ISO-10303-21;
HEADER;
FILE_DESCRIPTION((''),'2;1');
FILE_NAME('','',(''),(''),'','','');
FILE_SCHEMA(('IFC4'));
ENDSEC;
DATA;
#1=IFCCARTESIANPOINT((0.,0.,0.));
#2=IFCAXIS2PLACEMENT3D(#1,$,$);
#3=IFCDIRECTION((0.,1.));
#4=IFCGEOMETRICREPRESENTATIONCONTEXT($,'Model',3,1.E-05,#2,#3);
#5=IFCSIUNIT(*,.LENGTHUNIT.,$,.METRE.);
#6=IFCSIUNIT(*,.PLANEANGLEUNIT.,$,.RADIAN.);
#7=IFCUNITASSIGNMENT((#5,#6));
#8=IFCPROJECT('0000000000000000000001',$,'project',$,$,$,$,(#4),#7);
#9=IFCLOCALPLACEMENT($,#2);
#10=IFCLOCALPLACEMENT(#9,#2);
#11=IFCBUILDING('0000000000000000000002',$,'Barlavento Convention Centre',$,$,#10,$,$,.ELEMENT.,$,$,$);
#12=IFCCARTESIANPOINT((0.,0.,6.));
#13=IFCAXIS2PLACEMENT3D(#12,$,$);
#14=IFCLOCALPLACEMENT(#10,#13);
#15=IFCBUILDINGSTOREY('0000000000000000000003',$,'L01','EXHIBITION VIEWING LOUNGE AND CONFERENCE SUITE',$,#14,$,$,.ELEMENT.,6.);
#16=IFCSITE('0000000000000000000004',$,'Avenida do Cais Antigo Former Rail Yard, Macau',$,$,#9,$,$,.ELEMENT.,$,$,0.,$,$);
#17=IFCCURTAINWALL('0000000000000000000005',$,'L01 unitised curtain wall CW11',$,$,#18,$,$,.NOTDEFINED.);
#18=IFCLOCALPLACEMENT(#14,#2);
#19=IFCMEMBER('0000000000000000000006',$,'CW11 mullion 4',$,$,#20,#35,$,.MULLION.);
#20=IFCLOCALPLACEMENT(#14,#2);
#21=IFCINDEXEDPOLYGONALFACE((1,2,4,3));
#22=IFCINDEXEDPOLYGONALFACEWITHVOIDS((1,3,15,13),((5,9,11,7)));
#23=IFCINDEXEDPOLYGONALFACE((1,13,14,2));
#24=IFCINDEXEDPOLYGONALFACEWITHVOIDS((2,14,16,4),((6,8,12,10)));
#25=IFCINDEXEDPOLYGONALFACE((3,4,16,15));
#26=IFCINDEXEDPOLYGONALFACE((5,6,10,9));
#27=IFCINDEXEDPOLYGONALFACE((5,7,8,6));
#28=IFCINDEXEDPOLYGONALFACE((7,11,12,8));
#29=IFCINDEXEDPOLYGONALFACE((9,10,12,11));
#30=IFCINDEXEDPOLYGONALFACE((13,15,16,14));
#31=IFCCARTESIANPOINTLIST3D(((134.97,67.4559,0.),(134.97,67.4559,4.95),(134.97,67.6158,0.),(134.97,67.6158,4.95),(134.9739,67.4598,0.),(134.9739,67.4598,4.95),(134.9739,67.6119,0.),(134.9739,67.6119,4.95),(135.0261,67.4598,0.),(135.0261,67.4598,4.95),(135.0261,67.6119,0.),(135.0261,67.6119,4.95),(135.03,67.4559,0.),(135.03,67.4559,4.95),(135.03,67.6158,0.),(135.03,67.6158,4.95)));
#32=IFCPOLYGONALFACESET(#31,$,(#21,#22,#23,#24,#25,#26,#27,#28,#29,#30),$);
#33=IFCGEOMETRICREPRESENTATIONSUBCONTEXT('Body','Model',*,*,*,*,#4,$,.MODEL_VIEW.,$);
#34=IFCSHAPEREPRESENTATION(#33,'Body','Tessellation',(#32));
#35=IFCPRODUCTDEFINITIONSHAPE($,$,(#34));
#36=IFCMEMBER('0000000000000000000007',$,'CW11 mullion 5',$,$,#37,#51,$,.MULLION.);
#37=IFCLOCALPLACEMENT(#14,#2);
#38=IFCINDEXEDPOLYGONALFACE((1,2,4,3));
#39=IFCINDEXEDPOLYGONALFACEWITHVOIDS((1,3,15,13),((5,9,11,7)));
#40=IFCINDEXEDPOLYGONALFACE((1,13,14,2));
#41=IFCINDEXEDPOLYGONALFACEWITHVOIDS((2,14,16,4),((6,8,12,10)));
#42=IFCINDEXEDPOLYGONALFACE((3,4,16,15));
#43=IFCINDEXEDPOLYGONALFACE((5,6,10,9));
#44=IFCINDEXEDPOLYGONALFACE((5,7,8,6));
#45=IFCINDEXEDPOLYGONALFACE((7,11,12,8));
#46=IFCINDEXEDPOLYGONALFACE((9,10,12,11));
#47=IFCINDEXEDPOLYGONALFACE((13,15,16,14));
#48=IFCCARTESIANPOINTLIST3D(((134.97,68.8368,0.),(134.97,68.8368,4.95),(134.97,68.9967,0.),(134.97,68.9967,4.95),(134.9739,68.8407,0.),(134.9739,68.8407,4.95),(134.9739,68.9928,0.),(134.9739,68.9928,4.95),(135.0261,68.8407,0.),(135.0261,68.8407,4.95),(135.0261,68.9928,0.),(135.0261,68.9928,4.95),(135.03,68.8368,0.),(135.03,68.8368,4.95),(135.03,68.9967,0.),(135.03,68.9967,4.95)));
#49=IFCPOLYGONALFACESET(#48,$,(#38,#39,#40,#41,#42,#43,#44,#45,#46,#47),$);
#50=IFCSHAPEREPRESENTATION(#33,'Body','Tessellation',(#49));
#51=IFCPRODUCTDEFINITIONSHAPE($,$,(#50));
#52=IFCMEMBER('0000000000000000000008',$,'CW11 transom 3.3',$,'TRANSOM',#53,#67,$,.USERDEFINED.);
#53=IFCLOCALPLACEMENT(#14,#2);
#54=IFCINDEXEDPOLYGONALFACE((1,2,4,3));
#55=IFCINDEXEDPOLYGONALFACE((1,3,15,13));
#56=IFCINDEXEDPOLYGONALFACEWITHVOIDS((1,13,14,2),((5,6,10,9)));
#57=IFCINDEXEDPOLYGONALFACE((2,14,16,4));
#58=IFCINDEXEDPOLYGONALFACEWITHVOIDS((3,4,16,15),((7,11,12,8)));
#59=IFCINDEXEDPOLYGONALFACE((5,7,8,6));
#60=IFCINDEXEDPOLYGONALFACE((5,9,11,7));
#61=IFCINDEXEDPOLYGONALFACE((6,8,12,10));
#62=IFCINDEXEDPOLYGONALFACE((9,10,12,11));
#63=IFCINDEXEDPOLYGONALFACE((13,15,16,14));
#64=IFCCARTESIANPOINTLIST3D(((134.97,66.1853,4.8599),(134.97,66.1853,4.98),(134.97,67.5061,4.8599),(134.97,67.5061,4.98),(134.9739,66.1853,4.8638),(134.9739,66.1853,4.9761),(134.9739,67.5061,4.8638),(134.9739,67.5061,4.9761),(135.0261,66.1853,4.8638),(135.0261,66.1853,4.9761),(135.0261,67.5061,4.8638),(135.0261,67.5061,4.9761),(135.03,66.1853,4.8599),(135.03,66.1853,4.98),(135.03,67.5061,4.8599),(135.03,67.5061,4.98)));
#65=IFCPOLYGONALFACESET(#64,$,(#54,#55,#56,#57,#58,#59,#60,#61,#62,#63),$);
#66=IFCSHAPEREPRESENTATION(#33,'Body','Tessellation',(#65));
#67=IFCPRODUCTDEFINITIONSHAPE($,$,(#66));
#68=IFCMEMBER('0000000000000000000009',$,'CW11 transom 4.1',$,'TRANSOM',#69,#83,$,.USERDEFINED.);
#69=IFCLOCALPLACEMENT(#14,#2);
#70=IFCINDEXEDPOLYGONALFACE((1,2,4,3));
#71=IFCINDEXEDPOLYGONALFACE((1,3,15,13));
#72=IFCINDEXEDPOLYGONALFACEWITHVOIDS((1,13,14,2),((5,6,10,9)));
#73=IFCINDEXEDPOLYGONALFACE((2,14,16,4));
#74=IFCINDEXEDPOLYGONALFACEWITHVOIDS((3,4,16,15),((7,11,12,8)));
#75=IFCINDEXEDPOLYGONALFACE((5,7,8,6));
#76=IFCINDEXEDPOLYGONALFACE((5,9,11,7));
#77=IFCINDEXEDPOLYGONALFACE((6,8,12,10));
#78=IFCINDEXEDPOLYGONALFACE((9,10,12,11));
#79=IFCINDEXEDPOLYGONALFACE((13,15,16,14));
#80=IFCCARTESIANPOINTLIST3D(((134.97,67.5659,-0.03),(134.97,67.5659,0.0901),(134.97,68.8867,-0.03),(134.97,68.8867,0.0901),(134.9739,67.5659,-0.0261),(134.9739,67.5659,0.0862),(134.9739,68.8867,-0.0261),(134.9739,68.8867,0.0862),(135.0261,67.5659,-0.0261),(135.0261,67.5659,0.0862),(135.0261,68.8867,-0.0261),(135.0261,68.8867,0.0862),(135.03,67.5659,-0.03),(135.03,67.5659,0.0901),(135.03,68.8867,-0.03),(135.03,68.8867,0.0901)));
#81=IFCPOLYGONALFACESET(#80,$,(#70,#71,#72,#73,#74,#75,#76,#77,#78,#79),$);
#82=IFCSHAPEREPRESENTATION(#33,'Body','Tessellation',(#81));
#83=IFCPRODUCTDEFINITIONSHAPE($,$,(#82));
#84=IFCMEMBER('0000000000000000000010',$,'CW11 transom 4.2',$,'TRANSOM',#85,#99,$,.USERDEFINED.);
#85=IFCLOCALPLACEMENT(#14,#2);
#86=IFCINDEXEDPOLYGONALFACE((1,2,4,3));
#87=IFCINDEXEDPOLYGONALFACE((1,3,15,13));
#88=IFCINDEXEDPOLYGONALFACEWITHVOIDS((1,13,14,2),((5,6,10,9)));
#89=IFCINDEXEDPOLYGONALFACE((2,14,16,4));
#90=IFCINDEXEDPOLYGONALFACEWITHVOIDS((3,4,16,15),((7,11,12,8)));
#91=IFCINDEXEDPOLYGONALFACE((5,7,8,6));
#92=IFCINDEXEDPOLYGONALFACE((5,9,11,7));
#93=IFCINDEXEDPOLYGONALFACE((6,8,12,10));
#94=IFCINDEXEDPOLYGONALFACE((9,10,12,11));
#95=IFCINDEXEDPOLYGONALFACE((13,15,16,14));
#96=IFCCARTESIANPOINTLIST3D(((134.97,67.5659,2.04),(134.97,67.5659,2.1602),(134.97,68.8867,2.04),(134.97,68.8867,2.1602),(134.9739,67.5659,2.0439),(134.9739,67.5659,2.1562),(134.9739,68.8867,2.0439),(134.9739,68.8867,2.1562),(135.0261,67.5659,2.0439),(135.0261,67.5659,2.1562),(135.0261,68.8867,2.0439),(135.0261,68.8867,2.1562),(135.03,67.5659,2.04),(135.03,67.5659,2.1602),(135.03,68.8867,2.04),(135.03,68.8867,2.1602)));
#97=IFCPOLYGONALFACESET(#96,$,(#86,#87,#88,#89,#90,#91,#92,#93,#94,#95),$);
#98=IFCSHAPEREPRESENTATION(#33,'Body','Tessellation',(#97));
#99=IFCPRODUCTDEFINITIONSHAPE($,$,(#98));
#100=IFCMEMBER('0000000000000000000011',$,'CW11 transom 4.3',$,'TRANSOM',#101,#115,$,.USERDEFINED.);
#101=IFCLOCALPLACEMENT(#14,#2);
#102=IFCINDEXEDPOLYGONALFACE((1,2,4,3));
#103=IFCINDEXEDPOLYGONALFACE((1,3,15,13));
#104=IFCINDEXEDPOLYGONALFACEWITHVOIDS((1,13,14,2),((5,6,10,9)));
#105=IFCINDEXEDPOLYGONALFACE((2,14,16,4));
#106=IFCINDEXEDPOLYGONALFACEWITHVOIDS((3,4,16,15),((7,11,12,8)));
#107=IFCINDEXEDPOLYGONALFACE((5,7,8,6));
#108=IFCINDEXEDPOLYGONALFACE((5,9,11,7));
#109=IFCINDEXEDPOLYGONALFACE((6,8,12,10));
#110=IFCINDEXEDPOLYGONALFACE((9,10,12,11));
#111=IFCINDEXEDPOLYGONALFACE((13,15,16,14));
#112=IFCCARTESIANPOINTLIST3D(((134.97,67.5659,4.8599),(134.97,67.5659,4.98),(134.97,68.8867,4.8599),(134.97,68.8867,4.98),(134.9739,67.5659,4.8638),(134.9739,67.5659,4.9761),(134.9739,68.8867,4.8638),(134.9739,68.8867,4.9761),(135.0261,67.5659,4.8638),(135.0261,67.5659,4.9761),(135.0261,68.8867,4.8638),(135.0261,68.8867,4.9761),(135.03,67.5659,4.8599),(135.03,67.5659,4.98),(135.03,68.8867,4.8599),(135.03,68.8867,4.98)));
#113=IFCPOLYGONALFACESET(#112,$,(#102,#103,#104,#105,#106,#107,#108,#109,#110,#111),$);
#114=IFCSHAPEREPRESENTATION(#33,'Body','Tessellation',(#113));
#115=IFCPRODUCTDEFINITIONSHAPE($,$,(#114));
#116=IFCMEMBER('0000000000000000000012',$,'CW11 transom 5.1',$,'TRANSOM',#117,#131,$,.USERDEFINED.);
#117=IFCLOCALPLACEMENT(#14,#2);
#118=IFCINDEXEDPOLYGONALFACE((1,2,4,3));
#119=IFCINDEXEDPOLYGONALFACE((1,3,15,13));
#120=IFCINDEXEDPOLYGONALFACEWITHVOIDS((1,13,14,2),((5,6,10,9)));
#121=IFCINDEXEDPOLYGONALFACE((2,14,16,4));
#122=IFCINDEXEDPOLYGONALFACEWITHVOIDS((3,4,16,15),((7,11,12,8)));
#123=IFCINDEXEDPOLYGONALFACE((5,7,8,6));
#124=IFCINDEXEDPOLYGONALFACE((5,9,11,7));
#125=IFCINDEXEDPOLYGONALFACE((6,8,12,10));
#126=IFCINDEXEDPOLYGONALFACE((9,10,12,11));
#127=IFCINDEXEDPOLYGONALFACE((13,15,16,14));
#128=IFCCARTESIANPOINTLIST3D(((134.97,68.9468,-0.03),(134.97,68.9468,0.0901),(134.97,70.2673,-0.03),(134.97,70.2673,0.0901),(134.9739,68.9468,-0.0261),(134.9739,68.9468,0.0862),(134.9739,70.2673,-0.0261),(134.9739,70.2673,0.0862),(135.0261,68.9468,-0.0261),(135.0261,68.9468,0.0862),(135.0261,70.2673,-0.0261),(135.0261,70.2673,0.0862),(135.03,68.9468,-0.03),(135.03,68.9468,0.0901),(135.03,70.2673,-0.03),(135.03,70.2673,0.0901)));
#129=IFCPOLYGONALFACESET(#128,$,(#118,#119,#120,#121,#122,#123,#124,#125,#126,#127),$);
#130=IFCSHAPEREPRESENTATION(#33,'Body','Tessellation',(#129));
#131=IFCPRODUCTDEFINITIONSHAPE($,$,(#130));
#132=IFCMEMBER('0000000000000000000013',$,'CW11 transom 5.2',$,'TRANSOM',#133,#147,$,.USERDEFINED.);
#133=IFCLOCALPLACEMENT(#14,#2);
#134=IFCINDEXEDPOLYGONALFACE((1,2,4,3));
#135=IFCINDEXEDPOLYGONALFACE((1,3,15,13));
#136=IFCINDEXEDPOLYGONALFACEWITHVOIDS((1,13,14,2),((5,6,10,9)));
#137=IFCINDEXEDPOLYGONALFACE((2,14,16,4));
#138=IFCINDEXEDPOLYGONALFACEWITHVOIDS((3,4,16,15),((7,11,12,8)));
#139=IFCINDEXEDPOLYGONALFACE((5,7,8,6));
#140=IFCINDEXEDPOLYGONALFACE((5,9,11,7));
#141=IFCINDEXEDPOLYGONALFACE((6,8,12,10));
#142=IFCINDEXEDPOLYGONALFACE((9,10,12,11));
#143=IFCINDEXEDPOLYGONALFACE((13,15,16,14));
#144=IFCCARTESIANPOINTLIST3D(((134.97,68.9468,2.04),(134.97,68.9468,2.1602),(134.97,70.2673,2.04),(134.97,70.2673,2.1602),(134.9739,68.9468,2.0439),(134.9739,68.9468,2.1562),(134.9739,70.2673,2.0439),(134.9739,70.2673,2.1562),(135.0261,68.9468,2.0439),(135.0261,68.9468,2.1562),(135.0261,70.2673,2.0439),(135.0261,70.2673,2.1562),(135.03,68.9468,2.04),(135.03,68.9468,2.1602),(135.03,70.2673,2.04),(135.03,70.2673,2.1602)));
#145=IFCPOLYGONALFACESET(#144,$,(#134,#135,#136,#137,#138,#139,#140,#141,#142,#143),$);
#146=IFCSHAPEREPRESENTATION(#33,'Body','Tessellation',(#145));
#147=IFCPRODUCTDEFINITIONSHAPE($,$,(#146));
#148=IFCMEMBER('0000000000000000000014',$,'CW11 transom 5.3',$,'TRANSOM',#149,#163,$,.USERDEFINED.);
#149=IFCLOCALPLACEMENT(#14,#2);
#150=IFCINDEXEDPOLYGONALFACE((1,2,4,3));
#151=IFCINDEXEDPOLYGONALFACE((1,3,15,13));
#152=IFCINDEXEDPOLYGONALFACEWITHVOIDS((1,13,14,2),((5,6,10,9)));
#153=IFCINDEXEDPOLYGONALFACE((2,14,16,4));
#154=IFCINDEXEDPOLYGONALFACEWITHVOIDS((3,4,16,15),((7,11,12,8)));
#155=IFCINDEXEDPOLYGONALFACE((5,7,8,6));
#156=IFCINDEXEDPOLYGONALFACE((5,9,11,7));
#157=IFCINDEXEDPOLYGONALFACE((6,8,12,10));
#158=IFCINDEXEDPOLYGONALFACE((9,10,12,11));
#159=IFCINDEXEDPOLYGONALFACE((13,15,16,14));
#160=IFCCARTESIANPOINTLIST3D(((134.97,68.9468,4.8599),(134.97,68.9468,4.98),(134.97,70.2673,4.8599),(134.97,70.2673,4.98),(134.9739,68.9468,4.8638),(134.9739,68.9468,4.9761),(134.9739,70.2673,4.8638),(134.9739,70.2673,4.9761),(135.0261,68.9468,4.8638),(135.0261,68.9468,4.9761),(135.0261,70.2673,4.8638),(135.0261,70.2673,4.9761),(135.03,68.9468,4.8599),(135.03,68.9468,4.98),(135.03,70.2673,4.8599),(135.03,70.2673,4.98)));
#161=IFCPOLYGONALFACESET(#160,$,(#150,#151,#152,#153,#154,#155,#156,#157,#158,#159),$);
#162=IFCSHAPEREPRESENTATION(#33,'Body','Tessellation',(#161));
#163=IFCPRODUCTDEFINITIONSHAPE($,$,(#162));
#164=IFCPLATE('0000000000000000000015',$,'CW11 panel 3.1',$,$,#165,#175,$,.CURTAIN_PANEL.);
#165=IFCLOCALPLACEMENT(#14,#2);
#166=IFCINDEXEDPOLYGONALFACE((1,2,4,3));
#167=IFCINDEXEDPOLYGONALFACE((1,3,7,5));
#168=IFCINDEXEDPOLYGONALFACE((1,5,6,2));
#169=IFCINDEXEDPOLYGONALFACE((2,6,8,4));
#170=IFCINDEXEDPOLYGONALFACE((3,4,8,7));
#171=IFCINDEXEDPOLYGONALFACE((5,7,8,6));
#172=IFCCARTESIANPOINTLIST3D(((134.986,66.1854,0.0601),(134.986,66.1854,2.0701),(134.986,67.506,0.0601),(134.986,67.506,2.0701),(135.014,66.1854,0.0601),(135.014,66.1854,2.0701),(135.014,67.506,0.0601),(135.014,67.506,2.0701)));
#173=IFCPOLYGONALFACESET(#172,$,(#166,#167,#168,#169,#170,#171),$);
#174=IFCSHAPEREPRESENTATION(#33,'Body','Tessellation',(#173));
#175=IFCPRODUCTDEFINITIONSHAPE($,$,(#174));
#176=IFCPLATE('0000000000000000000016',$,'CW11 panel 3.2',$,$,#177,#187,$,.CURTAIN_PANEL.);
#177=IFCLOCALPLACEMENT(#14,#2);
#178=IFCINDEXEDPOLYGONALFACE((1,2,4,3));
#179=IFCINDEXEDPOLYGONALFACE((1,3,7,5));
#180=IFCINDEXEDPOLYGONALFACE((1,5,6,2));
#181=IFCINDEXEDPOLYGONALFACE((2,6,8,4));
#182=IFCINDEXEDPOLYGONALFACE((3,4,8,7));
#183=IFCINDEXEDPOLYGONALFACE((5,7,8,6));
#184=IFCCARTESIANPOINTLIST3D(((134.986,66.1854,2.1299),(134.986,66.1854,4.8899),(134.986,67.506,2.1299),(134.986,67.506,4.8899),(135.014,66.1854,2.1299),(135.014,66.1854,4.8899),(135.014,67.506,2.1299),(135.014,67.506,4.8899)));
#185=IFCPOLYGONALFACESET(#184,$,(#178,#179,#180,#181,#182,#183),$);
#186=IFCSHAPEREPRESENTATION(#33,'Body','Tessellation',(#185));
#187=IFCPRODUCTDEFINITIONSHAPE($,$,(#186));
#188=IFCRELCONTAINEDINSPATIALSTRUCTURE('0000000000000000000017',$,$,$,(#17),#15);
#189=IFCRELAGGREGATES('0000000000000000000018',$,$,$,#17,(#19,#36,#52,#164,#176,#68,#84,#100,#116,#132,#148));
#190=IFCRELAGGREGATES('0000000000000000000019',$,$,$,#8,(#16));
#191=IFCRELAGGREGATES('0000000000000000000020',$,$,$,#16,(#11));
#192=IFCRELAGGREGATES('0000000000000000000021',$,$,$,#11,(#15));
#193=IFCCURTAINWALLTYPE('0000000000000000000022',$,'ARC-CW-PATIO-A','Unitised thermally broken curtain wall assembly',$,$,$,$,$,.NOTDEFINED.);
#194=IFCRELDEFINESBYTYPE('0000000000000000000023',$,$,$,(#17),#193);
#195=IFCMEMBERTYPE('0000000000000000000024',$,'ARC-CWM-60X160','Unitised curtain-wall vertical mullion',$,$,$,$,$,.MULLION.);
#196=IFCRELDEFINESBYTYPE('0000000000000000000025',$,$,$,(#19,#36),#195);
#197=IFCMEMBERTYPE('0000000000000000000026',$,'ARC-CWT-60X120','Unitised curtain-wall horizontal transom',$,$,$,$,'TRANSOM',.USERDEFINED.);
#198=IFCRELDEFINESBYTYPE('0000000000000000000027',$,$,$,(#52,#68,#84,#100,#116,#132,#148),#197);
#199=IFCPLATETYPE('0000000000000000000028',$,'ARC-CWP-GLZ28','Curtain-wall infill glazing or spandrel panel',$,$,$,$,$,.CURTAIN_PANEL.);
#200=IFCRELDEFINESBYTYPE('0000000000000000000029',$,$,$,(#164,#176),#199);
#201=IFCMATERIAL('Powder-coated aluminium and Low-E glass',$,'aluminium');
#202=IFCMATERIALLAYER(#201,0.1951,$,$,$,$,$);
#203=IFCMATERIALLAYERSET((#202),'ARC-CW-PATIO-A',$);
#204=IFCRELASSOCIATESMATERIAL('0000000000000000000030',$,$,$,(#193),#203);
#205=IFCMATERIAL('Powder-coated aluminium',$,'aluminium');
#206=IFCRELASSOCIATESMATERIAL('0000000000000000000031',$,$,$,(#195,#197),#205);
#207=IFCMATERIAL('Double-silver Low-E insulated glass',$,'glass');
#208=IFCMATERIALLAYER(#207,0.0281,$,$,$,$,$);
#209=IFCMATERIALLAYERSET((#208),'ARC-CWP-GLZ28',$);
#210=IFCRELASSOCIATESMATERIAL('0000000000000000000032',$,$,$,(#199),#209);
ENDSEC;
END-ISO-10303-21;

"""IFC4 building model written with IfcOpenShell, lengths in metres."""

from ifc_helpers import new_model, si_unit, direction, frame, origin, origin_2d, place, context, subcontext, project, spatial, rectangle, hollow_rectangle, extrude, material, layer, layer_set, material_profile, profile_set, type_object, element, aggregate, save


model = new_model("IFC4")

# Units and contexts
model_context = context("Model", 3, precision=1e-05, world=origin(), true_north=direction((0.0, 1.0)))
body_context = subcontext(model_context, "Body", "Model", "MODEL_VIEW")
ifc_project = project(units=[si_unit("LENGTHUNIT", "METRE"), si_unit("PLANEANGLEUNIT", "RADIAN")], contexts=[model_context])

# Site, building, storey
site_placement = place(None, origin())
site = spatial("IfcSite", under=ifc_project, at=site_placement, Name="Avenida do Cais Antigo Former Rail Yard, Macau", CompositionType="ELEMENT", RefElevation=0.0)
building_placement = place(site_placement, origin())
building = spatial("IfcBuilding", under=site, at=building_placement, Name="Barlavento Convention Centre", CompositionType="ELEMENT")
storey_placement = place(building_placement, frame((0.0, 0.0, 6.0)))
storey = spatial("IfcBuildingStorey", under=building, at=storey_placement, Name="L01", Description="EXHIBITION VIEWING LOUNGE AND CONFERENCE SUITE", CompositionType="ELEMENT", Elevation=6.0)

# Curtain wall, members, plates
ifc_material_1 = material(Name="Powder-coated aluminium and Low-E glass", Category="aluminium")
ifc_layer_1 = layer(ifc_material_1, 0.1951)
ifc_layer_set_1 = layer_set([ifc_layer_1], Name="ARC-CW-PATIO-A")
curtain_wall_type = type_object("IfcCurtainWallType", Name="ARC-CW-PATIO-A", Description="Unitised thermally broken curtain wall assembly", PredefinedType="NOTDEFINED", material=ifc_layer_set_1)
curtain_wall_placement = place(storey_placement, origin())
curtain_wall = element("IfcCurtainWall", 1, at=curtain_wall_placement, inside=storey, type_object=curtain_wall_type, Name="L01 unitised curtain wall CW11", PredefinedType="NOTDEFINED")
ifc_material_2 = material(Name="Powder-coated aluminium", Category="aluminium")
ifc_material_profile_1 = material_profile(ifc_material_2, hollow_rectangle(XDim=0.0601, YDim=0.1599, WallThickness=0.0039, at=origin_2d()), Name="AL-MULL 60x160x4")
ifc_profile_set_1 = profile_set([ifc_material_profile_1], Name="Powder-coated aluminium")
member_type_1 = type_object("IfcMemberType", Name="ARC-CWM-60X160", Description="Unitised curtain-wall vertical mullion", PredefinedType="MULLION", material=ifc_profile_set_1)
member_1_placement = place(storey_placement, frame((135.0, 67.5359, 0.0), z_axis=(0.0, 0.0, 1.0), x_axis=(-1.0, 0.0, 0.0)))
member_1 = element("IfcMember", 2, at=member_1_placement, type_object=member_type_1, Name="CW11 mullion 4", PredefinedType="MULLION", context=body_context, shape_type="SweptSolid", body=[
    extrude(hollow_rectangle(XDim=0.0601, YDim=0.1599, WallThickness=0.0039, at=origin_2d()), origin(), (0.0, 0.0, 1.0), 4.95),
])
member_2_placement = place(storey_placement, frame((135.0, 68.9167, 0.0), z_axis=(0.0, 0.0, 1.0), x_axis=(-1.0, 0.0, 0.0)))
member_2 = element("IfcMember", 3, at=member_2_placement, type_object=member_type_1, Name="CW11 mullion 5", PredefinedType="MULLION", context=body_context, shape_type="SweptSolid", body=[
    extrude(hollow_rectangle(XDim=0.0601, YDim=0.1599, WallThickness=0.0039, at=origin_2d()), origin(), (0.0, 0.0, 1.0), 4.95),
])
ifc_material_profile_2 = material_profile(ifc_material_2, hollow_rectangle(XDim=0.0601, YDim=0.1201, WallThickness=0.0039, at=origin_2d()), Name="AL-TRAN 60x120x4")
ifc_profile_set_2 = profile_set([ifc_material_profile_2], Name="Powder-coated aluminium")
member_type_2 = type_object("IfcMemberType", Name="ARC-CWT-60X120", Description="Unitised curtain-wall horizontal transom", ElementType="TRANSOM", PredefinedType="USERDEFINED", material=ifc_profile_set_2)
member_3_placement = place(storey_placement, frame((135.0, 66.1853, 4.9199), z_axis=(0.0, 1.0, 0.0), x_axis=(-1.0, 0.0, 0.0)))
member_3 = element("IfcMember", 4, at=member_3_placement, type_object=member_type_2, Name="CW11 transom 3.3", ObjectType="TRANSOM", PredefinedType="USERDEFINED", context=body_context, shape_type="SweptSolid", body=[
    extrude(hollow_rectangle(XDim=0.0601, YDim=0.1201, WallThickness=0.0039, at=origin_2d()), origin(), (0.0, 0.0, 1.0), 1.3208),
])
member_4_placement = place(storey_placement, frame((135.0, 67.5659, 0.03), z_axis=(0.0, 1.0, 0.0), x_axis=(-1.0, 0.0, 0.0)))
member_4 = element("IfcMember", 5, at=member_4_placement, type_object=member_type_2, Name="CW11 transom 4.1", ObjectType="TRANSOM", PredefinedType="USERDEFINED", context=body_context, shape_type="SweptSolid", body=[
    extrude(hollow_rectangle(XDim=0.0601, YDim=0.1201, WallThickness=0.0039, at=origin_2d()), origin(), (0.0, 0.0, 1.0), 1.3208),
])
member_5_placement = place(storey_placement, frame((135.0, 67.5659, 2.1001), z_axis=(0.0, 1.0, 0.0), x_axis=(-1.0, 0.0, 0.0)))
member_5 = element("IfcMember", 6, at=member_5_placement, type_object=member_type_2, Name="CW11 transom 4.2", ObjectType="TRANSOM", PredefinedType="USERDEFINED", context=body_context, shape_type="SweptSolid", body=[
    extrude(hollow_rectangle(XDim=0.0601, YDim=0.1201, WallThickness=0.0039, at=origin_2d()), origin(), (0.0, 0.0, 1.0), 1.3208),
])
member_6_placement = place(storey_placement, frame((135.0, 67.5659, 4.9199), z_axis=(0.0, 1.0, 0.0), x_axis=(-1.0, 0.0, 0.0)))
member_6 = element("IfcMember", 7, at=member_6_placement, type_object=member_type_2, Name="CW11 transom 4.3", ObjectType="TRANSOM", PredefinedType="USERDEFINED", context=body_context, shape_type="SweptSolid", body=[
    extrude(hollow_rectangle(XDim=0.0601, YDim=0.1201, WallThickness=0.0039, at=origin_2d()), origin(), (0.0, 0.0, 1.0), 1.3208),
])
member_7_placement = place(storey_placement, frame((135.0, 68.9468, 0.03), z_axis=(0.0, 1.0, 0.0), x_axis=(-1.0, 0.0, 0.0)))
member_7 = element("IfcMember", 8, at=member_7_placement, type_object=member_type_2, Name="CW11 transom 5.1", ObjectType="TRANSOM", PredefinedType="USERDEFINED", context=body_context, shape_type="SweptSolid", body=[
    extrude(hollow_rectangle(XDim=0.0601, YDim=0.1201, WallThickness=0.0039, at=origin_2d()), origin(), (0.0, 0.0, 1.0), 1.3206),
])
member_8_placement = place(storey_placement, frame((135.0, 68.9468, 2.1001), z_axis=(0.0, 1.0, 0.0), x_axis=(-1.0, 0.0, 0.0)))
member_8 = element("IfcMember", 9, at=member_8_placement, type_object=member_type_2, Name="CW11 transom 5.2", ObjectType="TRANSOM", PredefinedType="USERDEFINED", context=body_context, shape_type="SweptSolid", body=[
    extrude(hollow_rectangle(XDim=0.0601, YDim=0.1201, WallThickness=0.0039, at=origin_2d()), origin(), (0.0, 0.0, 1.0), 1.3206),
])
member_9_placement = place(storey_placement, frame((135.0, 68.9468, 4.9199), z_axis=(0.0, 1.0, 0.0), x_axis=(-1.0, 0.0, 0.0)))
member_9 = element("IfcMember", 10, at=member_9_placement, type_object=member_type_2, Name="CW11 transom 5.3", ObjectType="TRANSOM", PredefinedType="USERDEFINED", context=body_context, shape_type="SweptSolid", body=[
    extrude(hollow_rectangle(XDim=0.0601, YDim=0.1201, WallThickness=0.0039, at=origin_2d()), origin(), (0.0, 0.0, 1.0), 1.3206),
])
ifc_material_3 = material(Name="Double-silver Low-E insulated glass", Category="glass")
ifc_layer_2 = layer(ifc_material_3, 0.0281)
ifc_layer_set_2 = layer_set([ifc_layer_2], Name="ARC-CWP-GLZ28")
plate_type = type_object("IfcPlateType", Name="ARC-CWP-GLZ28", Description="Curtain-wall infill glazing or spandrel panel", PredefinedType="CURTAIN_PANEL", material=ifc_layer_set_2)
plate_1_placement = place(storey_placement, frame((135.0, 66.8457, 0.0601), z_axis=(0.0, 0.0, 1.0), x_axis=(0.0, 1.0, 0.0)))
plate_1 = element("IfcPlate", 11, at=plate_1_placement, type_object=plate_type, Name="CW11 panel 3.1", PredefinedType="CURTAIN_PANEL", context=body_context, shape_type="SweptSolid", body=[
    extrude(rectangle(XDim=1.3206, YDim=0.0281, at=origin_2d()), origin(), (0.0, 0.0, 1.0), 2.01),
])
plate_2_placement = place(storey_placement, frame((135.0, 66.8457, 2.1299), z_axis=(0.0, 0.0, 1.0), x_axis=(0.0, 1.0, 0.0)))
plate_2 = element("IfcPlate", 12, at=plate_2_placement, type_object=plate_type, Name="CW11 panel 3.2", PredefinedType="CURTAIN_PANEL", context=body_context, shape_type="SweptSolid", body=[
    extrude(rectangle(XDim=1.3206, YDim=0.0281, at=origin_2d()), origin(), (0.0, 0.0, 1.0), 2.76),
])
aggregate(curtain_wall, [member_1, member_2, member_3, plate_1, plate_2, member_4, member_5, member_6, member_7, member_8, member_9])

save(model, "model.ifc")
